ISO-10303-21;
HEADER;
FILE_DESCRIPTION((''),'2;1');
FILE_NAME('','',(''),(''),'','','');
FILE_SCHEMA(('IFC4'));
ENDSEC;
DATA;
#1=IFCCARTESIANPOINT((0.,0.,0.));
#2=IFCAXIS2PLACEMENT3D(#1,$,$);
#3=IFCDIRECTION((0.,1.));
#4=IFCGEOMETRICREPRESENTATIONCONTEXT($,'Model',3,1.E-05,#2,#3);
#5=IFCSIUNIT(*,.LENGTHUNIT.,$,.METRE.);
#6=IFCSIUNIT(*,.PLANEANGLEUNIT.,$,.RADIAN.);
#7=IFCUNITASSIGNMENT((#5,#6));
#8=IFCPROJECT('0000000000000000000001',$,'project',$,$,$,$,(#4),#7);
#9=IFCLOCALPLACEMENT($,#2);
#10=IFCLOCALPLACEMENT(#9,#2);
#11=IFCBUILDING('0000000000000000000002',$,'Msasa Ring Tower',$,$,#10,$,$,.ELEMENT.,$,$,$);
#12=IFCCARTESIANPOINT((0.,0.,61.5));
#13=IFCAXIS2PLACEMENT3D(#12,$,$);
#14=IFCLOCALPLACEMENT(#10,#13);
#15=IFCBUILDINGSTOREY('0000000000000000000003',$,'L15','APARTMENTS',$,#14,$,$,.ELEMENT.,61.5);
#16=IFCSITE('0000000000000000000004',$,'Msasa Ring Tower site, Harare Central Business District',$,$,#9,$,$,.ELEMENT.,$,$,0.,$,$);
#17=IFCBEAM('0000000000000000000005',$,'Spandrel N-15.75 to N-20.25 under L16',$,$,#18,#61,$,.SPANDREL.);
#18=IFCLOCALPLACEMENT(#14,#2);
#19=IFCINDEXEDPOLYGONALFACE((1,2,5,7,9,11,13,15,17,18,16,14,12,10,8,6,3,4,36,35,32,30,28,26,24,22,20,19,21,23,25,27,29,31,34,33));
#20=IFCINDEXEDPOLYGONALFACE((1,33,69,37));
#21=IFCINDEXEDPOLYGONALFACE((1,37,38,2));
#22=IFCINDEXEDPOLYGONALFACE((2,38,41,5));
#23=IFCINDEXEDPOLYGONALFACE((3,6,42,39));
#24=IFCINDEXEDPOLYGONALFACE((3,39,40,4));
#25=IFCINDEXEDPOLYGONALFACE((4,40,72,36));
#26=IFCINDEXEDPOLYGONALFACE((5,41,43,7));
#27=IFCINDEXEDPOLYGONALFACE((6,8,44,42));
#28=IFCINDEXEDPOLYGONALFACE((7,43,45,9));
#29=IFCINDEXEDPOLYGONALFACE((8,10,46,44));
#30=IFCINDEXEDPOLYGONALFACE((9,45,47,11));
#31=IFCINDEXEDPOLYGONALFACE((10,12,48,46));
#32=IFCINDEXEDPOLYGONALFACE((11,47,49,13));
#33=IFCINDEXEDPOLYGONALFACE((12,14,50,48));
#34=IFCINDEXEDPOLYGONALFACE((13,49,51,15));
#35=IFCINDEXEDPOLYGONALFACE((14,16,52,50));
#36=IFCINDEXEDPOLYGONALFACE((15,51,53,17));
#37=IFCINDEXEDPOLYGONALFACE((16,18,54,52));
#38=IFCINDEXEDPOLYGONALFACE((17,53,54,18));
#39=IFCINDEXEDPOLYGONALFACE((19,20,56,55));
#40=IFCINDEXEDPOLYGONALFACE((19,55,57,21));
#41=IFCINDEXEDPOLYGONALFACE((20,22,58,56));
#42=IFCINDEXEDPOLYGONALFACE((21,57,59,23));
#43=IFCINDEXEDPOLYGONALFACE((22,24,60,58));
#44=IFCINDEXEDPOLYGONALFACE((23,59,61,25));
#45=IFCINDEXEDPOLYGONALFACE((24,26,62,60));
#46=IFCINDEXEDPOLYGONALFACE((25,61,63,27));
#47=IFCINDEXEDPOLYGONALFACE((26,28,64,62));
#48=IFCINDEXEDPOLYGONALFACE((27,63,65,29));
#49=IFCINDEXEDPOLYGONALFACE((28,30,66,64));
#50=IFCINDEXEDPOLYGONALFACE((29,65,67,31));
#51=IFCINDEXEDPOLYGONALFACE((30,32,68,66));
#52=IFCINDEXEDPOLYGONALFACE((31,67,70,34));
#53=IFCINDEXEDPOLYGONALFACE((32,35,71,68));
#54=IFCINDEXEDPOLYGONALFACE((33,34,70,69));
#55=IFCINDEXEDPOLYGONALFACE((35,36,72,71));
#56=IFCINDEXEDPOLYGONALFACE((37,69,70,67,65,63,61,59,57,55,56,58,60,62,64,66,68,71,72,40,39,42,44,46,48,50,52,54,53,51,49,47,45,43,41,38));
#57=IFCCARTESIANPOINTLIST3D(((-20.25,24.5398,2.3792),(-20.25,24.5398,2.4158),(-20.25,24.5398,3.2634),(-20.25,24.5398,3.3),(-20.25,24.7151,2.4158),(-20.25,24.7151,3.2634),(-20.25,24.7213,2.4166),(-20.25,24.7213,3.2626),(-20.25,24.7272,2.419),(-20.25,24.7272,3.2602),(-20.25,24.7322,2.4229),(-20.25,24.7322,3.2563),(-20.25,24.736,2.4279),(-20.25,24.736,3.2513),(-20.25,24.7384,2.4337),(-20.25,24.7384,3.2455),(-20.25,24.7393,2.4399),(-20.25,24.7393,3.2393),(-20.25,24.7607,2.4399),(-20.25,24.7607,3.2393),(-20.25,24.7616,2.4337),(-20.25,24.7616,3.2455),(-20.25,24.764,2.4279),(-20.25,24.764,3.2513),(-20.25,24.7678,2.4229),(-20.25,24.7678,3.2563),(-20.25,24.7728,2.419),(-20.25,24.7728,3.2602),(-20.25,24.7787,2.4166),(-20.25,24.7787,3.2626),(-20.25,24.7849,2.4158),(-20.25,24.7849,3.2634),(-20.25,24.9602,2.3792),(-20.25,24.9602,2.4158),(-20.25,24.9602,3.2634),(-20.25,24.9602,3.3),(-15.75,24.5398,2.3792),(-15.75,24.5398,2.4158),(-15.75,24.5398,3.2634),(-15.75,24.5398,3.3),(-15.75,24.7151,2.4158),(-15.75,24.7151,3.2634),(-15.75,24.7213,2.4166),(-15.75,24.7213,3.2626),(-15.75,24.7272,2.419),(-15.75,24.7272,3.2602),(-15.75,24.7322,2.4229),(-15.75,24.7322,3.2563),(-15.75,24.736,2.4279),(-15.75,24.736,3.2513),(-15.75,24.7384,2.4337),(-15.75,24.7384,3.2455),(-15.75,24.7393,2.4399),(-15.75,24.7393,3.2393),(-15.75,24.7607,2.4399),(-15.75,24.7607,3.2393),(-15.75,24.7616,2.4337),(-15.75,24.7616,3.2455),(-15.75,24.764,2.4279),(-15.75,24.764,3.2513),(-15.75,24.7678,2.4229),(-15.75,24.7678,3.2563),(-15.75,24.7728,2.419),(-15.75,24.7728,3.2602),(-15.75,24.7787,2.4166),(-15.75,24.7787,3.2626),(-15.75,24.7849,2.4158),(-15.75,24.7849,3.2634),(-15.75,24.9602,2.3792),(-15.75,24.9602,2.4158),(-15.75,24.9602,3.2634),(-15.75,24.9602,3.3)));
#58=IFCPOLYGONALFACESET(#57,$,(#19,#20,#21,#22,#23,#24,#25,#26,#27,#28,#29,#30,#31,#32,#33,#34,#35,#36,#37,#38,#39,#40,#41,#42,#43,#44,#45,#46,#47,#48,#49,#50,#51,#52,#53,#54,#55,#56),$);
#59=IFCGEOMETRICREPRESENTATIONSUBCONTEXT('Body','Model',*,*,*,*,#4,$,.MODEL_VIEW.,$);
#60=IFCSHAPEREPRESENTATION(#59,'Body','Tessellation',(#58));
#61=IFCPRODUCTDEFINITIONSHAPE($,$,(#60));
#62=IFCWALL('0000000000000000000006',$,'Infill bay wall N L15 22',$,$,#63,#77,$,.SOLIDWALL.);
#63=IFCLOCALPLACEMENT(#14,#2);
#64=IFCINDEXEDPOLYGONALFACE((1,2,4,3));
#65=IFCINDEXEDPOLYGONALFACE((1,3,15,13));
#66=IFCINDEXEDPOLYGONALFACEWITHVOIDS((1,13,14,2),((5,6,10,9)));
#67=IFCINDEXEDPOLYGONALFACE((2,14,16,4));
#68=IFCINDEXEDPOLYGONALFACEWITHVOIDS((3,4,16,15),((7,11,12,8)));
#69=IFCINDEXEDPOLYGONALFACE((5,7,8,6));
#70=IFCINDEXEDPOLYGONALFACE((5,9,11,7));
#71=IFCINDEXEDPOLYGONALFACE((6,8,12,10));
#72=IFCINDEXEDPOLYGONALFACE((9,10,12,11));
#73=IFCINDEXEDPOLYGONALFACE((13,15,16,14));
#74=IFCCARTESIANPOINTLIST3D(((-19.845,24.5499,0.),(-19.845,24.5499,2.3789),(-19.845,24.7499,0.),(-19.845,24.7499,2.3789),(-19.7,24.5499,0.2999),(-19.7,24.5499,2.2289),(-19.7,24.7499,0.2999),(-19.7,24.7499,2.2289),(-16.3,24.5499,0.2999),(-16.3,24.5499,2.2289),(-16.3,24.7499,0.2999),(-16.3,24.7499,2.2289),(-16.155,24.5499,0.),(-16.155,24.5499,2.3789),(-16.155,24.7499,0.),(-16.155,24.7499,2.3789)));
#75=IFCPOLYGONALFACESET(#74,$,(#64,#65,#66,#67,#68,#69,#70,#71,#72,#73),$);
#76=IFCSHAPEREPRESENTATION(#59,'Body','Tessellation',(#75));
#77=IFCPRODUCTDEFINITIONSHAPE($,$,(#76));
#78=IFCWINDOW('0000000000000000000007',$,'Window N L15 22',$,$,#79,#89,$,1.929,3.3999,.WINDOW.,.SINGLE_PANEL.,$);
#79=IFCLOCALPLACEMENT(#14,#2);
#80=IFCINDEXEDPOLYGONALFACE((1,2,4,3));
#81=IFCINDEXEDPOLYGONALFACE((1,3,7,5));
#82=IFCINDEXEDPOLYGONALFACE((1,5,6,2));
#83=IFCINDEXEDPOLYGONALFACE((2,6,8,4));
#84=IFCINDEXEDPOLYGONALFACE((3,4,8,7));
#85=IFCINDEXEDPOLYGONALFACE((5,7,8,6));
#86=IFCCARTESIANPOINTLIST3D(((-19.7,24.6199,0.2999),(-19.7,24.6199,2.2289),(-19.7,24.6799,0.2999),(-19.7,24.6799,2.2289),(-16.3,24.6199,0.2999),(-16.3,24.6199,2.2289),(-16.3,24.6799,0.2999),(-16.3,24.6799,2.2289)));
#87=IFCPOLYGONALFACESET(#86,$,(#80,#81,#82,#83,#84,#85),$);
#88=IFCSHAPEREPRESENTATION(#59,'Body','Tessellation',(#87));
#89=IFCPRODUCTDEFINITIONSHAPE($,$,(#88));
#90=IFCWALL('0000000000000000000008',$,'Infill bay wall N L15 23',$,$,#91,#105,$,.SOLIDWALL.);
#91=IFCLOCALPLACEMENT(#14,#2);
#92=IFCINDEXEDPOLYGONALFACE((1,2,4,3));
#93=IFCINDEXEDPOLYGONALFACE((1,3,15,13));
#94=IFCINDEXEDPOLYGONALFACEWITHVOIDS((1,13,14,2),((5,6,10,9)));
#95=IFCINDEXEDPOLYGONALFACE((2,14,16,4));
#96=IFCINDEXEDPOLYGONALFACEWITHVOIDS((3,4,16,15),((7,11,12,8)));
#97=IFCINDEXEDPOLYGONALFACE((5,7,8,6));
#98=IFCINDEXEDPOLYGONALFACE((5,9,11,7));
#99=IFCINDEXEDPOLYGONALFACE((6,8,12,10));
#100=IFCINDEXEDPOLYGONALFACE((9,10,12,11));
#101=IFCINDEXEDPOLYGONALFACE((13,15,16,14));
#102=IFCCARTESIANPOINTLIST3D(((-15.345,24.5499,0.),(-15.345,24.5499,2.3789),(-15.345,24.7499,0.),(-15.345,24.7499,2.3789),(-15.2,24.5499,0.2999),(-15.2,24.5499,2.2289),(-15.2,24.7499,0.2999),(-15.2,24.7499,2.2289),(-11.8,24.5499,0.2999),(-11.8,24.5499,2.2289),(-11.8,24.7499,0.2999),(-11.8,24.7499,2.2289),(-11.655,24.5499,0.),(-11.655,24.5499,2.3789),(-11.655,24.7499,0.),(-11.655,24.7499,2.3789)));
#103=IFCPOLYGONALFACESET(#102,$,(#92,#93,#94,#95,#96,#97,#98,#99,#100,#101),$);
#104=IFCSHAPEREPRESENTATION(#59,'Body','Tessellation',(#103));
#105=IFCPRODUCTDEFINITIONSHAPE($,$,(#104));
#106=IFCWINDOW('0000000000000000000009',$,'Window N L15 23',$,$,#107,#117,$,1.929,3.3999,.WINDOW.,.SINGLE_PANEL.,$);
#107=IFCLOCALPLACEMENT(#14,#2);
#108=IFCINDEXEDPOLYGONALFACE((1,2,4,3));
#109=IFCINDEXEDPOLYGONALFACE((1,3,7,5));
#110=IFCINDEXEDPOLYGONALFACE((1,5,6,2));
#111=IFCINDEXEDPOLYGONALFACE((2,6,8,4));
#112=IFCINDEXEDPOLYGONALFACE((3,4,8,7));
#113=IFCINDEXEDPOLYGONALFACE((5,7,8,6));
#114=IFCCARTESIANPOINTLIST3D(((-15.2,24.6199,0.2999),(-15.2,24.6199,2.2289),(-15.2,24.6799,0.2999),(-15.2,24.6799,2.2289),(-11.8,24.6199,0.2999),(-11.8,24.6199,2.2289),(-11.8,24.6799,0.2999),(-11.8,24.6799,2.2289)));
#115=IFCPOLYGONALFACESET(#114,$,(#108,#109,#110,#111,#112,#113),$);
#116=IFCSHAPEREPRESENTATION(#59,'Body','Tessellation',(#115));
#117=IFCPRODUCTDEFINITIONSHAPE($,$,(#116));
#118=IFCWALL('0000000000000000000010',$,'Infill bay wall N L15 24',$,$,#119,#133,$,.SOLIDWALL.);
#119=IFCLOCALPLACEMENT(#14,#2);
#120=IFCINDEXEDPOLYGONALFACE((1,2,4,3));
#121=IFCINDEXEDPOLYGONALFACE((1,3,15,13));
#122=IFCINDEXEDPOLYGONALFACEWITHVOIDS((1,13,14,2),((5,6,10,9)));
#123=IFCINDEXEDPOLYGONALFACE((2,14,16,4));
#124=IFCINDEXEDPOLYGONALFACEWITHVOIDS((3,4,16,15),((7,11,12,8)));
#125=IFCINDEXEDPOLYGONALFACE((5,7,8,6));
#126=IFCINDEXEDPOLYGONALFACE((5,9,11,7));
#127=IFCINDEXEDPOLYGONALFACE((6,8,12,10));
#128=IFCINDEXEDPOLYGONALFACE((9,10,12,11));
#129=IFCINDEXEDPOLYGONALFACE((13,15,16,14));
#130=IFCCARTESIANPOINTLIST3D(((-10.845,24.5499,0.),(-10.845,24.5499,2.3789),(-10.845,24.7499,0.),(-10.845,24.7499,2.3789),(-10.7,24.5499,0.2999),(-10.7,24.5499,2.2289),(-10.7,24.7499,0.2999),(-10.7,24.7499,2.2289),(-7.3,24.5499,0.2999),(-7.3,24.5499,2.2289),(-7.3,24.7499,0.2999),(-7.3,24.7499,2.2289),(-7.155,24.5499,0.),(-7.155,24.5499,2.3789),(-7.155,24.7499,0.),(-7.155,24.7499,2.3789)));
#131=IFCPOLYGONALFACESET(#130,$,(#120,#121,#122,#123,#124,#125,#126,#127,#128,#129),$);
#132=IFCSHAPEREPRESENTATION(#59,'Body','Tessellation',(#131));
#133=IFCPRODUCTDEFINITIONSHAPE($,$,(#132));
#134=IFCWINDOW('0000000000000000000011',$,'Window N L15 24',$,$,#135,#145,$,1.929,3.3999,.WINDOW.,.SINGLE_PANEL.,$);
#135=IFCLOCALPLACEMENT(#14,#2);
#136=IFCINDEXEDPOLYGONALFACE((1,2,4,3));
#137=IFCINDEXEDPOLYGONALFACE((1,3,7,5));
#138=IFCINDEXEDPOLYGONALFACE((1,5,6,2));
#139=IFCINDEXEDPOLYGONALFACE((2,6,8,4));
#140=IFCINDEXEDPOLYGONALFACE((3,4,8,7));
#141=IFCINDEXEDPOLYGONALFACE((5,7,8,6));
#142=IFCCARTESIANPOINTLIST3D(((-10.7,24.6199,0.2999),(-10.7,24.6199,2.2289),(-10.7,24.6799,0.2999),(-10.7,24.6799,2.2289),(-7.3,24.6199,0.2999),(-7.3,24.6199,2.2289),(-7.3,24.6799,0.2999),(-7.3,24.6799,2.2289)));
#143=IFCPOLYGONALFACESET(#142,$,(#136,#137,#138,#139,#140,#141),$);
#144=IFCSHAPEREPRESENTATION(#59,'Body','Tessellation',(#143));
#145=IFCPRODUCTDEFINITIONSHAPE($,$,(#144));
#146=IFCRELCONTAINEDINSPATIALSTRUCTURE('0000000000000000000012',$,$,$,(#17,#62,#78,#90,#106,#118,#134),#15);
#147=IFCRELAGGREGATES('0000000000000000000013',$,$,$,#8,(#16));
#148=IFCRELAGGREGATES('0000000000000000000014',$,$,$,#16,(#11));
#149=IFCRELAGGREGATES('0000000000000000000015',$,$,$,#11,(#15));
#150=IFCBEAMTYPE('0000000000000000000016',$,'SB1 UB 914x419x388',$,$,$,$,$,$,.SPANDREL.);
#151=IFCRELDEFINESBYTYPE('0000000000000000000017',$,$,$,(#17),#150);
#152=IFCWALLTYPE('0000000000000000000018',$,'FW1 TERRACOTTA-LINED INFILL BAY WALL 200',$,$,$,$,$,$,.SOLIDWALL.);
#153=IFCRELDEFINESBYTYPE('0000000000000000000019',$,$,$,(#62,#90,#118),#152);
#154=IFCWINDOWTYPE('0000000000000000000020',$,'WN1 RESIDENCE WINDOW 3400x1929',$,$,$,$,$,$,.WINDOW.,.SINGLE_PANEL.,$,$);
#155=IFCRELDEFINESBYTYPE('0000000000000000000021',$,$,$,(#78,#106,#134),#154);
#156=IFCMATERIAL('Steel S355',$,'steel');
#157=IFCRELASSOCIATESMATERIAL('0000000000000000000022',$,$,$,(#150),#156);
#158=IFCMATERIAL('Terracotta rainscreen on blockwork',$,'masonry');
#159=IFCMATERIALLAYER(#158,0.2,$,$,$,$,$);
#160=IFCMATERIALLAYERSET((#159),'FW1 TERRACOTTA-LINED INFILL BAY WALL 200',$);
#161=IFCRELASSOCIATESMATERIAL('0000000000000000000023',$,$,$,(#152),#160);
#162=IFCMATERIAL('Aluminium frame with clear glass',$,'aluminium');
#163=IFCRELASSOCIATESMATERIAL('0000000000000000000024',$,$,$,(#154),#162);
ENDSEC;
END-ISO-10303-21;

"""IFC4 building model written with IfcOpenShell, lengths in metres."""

from ifc_helpers import new_model, si_unit, direction, frame, frame_2d, origin, origin_2d, place, context, subcontext, project, spatial, rectangle, i_section, extrude, material, layer, layer_set, material_profile, profile_set, type_object, element, fill, save


model = new_model("IFC4")

# Units and contexts
model_context = context("Model", 3, precision=1e-05, world=origin(), true_north=direction((0.0, 1.0)))
body_context = subcontext(model_context, "Body", "Model", "MODEL_VIEW")
ifc_project = project(units=[si_unit("LENGTHUNIT", "METRE"), si_unit("PLANEANGLEUNIT", "RADIAN")], contexts=[model_context])

# Site, building, storey
site_placement = place(None, origin())
site = spatial("IfcSite", under=ifc_project, at=site_placement, Name="Msasa Ring Tower site, Harare Central Business District", CompositionType="ELEMENT", RefElevation=0.0)
building_placement = place(site_placement, origin())
building = spatial("IfcBuilding", under=site, at=building_placement, Name="Msasa Ring Tower", CompositionType="ELEMENT")
storey_placement = place(building_placement, frame((0.0, 0.0, 61.5)))
storey = spatial("IfcBuildingStorey", under=building, at=storey_placement, Name="L15", Description="APARTMENTS", CompositionType="ELEMENT", Elevation=61.5)

# Beam
ifc_material_1 = material(Name="Steel S355", Category="steel")
ifc_material_profile_1 = material_profile(ifc_material_1, i_section(OverallWidth=0.4204, OverallDepth=0.9209, WebThickness=0.0215, FlangeThickness=0.0366, FilletRadius=0.0242, at=origin_2d()), Name="UB 914x419x388")
ifc_profile_set_1 = profile_set([ifc_material_profile_1], Name="Steel S355")
beam_type_1 = type_object("IfcBeamType", Name="SB1 UB 914x419x388", PredefinedType="SPANDREL", material=ifc_profile_set_1)
for number, where, z_axis, x_axis, name in (
    (1, (-15.75, 24.75, 2.8396), (-1.0, 0.0, 0.0), (0.0, -1.0, 0.0), "Spandrel N-15.75 to N-20.25 under L16"),
):
    element("IfcBeam", number, at=place(storey_placement, frame(where, z_axis=z_axis, x_axis=x_axis)), inside=storey, type_object=beam_type_1, Name=name, PredefinedType="SPANDREL", context=body_context, shape_type="SweptSolid", body=[
        extrude(i_section(OverallWidth=0.4204, OverallDepth=0.9209, WebThickness=0.0215, FlangeThickness=0.0366, FilletRadius=0.0242, at=origin_2d()), origin(), (0.0, 0.0, 1.0), 4.5),
    ])

# Walls, openings, windows
ifc_material_2 = material(Name="Terracotta rainscreen on blockwork", Category="masonry")
ifc_layer_1 = layer(ifc_material_2, 0.2)
ifc_layer_set_1 = layer_set([ifc_layer_1], Name="FW1 TERRACOTTA-LINED INFILL BAY WALL 200")
wall_type_1 = type_object("IfcWallType", Name="FW1 TERRACOTTA-LINED INFILL BAY WALL 200", PredefinedType="SOLIDWALL", material=ifc_layer_set_1)
wall_1_placement = place(storey_placement, frame((-19.845, 24.6499, 0.0), z_axis=(0.0, 0.0, 1.0), x_axis=(1.0, 0.0, 0.0)))
wall_1 = element("IfcWall", 2, at=wall_1_placement, inside=storey, type_object=wall_type_1, Name="Infill bay wall N L15 22", PredefinedType="SOLIDWALL", context=body_context, shape_type="SweptSolid", body=[
    extrude(rectangle(XDim=3.6899, YDim=0.2, at=frame_2d((1.845, 0.0))), origin(), (0.0, 0.0, 1.0), 2.3789),
])
opening_1_placement = place(wall_1_placement, frame((0.145, 0.0, 0.3)))
opening_1 = element("IfcOpeningElement", 3, at=opening_1_placement, cuts=wall_1, PredefinedType="OPENING", context=body_context, shape_type="SweptSolid", body=[
    extrude(rectangle(XDim=3.3999, YDim=1.929, at=frame_2d((1.7, 0.9644))), frame((0.0, 0.1099, 0.0), z_axis=(0.0, -1.0, 0.0), x_axis=(1.0, 0.0, 0.0)), (0.0, 0.0, 1.0), 0.22),
])
ifc_material_3 = material(Name="Aluminium frame with clear glass", Category="aluminium")
window_type = type_object("IfcWindowType", Name="WN1 RESIDENCE WINDOW 3400x1929", PartitioningType="SINGLE_PANEL", PredefinedType="WINDOW", material=ifc_material_3)
window_1_placement = place(opening_1_placement, origin())
window_1 = element("IfcWindow", 4, at=window_1_placement, inside=storey, type_object=window_type, Name="Window N L15 22", OverallHeight=1.929, OverallWidth=3.3999, PartitioningType="SINGLE_PANEL", PredefinedType="WINDOW", context=body_context, shape_type="SweptSolid", body=[
    extrude(rectangle(XDim=3.3999, YDim=1.929, at=frame_2d((1.7, 0.9644))), frame((0.0, 0.03, 0.0), z_axis=(0.0, -1.0, 0.0), x_axis=(1.0, 0.0, 0.0)), (0.0, 0.0, 1.0), 0.0601),
])
fill(opening_1, window_1)
wall_2_placement = place(storey_placement, frame((-15.345, 24.6499, 0.0), z_axis=(0.0, 0.0, 1.0), x_axis=(1.0, 0.0, 0.0)))
wall_2 = element("IfcWall", 5, at=wall_2_placement, inside=storey, type_object=wall_type_1, Name="Infill bay wall N L15 23", PredefinedType="SOLIDWALL", context=body_context, shape_type="SweptSolid", body=[
    extrude(rectangle(XDim=3.6899, YDim=0.2, at=frame_2d((1.845, 0.0))), origin(), (0.0, 0.0, 1.0), 2.3789),
])
opening_2_placement = place(wall_2_placement, frame((0.145, 0.0, 0.3)))
opening_2 = element("IfcOpeningElement", 6, at=opening_2_placement, cuts=wall_2, PredefinedType="OPENING", context=body_context, shape_type="SweptSolid", body=[
    extrude(rectangle(XDim=3.3999, YDim=1.929, at=frame_2d((1.7, 0.9644))), frame((0.0, 0.1099, 0.0), z_axis=(0.0, -1.0, 0.0), x_axis=(1.0, 0.0, 0.0)), (0.0, 0.0, 1.0), 0.22),
])
window_2_placement = place(opening_2_placement, origin())
window_2 = element("IfcWindow", 7, at=window_2_placement, inside=storey, type_object=window_type, Name="Window N L15 23", OverallHeight=1.929, OverallWidth=3.3999, PartitioningType="SINGLE_PANEL", PredefinedType="WINDOW", context=body_context, shape_type="SweptSolid", body=[
    extrude(rectangle(XDim=3.3999, YDim=1.929, at=frame_2d((1.7, 0.9644))), frame((0.0, 0.03, 0.0), z_axis=(0.0, -1.0, 0.0), x_axis=(1.0, 0.0, 0.0)), (0.0, 0.0, 1.0), 0.0601),
])
fill(opening_2, window_2)
wall_3_placement = place(storey_placement, frame((-10.845, 24.6499, 0.0), z_axis=(0.0, 0.0, 1.0), x_axis=(1.0, 0.0, 0.0)))
wall_3 = element("IfcWall", 8, at=wall_3_placement, inside=storey, type_object=wall_type_1, Name="Infill bay wall N L15 24", PredefinedType="SOLIDWALL", context=body_context, shape_type="SweptSolid", body=[
    extrude(rectangle(XDim=3.6899, YDim=0.2, at=frame_2d((1.845, 0.0))), origin(), (0.0, 0.0, 1.0), 2.3789),
])
opening_3_placement = place(wall_3_placement, frame((0.145, 0.0, 0.3)))
opening_3 = element("IfcOpeningElement", 9, at=opening_3_placement, cuts=wall_3, PredefinedType="OPENING", context=body_context, shape_type="SweptSolid", body=[
    extrude(rectangle(XDim=3.3999, YDim=1.929, at=frame_2d((1.7, 0.9644))), frame((0.0, 0.1099, 0.0), z_axis=(0.0, -1.0, 0.0), x_axis=(1.0, 0.0, 0.0)), (0.0, 0.0, 1.0), 0.22),
])
window_3_placement = place(opening_3_placement, origin())
window_3 = element("IfcWindow", 10, at=window_3_placement, inside=storey, type_object=window_type, Name="Window N L15 24", OverallHeight=1.929, OverallWidth=3.3999, PartitioningType="SINGLE_PANEL", PredefinedType="WINDOW", context=body_context, shape_type="SweptSolid", body=[
    extrude(rectangle(XDim=3.3999, YDim=1.929, at=frame_2d((1.7, 0.9644))), frame((0.0, 0.03, 0.0), z_axis=(0.0, -1.0, 0.0), x_axis=(1.0, 0.0, 0.0)), (0.0, 0.0, 1.0), 0.0601),
])
fill(opening_3, window_3)

save(model, "model.ifc")
